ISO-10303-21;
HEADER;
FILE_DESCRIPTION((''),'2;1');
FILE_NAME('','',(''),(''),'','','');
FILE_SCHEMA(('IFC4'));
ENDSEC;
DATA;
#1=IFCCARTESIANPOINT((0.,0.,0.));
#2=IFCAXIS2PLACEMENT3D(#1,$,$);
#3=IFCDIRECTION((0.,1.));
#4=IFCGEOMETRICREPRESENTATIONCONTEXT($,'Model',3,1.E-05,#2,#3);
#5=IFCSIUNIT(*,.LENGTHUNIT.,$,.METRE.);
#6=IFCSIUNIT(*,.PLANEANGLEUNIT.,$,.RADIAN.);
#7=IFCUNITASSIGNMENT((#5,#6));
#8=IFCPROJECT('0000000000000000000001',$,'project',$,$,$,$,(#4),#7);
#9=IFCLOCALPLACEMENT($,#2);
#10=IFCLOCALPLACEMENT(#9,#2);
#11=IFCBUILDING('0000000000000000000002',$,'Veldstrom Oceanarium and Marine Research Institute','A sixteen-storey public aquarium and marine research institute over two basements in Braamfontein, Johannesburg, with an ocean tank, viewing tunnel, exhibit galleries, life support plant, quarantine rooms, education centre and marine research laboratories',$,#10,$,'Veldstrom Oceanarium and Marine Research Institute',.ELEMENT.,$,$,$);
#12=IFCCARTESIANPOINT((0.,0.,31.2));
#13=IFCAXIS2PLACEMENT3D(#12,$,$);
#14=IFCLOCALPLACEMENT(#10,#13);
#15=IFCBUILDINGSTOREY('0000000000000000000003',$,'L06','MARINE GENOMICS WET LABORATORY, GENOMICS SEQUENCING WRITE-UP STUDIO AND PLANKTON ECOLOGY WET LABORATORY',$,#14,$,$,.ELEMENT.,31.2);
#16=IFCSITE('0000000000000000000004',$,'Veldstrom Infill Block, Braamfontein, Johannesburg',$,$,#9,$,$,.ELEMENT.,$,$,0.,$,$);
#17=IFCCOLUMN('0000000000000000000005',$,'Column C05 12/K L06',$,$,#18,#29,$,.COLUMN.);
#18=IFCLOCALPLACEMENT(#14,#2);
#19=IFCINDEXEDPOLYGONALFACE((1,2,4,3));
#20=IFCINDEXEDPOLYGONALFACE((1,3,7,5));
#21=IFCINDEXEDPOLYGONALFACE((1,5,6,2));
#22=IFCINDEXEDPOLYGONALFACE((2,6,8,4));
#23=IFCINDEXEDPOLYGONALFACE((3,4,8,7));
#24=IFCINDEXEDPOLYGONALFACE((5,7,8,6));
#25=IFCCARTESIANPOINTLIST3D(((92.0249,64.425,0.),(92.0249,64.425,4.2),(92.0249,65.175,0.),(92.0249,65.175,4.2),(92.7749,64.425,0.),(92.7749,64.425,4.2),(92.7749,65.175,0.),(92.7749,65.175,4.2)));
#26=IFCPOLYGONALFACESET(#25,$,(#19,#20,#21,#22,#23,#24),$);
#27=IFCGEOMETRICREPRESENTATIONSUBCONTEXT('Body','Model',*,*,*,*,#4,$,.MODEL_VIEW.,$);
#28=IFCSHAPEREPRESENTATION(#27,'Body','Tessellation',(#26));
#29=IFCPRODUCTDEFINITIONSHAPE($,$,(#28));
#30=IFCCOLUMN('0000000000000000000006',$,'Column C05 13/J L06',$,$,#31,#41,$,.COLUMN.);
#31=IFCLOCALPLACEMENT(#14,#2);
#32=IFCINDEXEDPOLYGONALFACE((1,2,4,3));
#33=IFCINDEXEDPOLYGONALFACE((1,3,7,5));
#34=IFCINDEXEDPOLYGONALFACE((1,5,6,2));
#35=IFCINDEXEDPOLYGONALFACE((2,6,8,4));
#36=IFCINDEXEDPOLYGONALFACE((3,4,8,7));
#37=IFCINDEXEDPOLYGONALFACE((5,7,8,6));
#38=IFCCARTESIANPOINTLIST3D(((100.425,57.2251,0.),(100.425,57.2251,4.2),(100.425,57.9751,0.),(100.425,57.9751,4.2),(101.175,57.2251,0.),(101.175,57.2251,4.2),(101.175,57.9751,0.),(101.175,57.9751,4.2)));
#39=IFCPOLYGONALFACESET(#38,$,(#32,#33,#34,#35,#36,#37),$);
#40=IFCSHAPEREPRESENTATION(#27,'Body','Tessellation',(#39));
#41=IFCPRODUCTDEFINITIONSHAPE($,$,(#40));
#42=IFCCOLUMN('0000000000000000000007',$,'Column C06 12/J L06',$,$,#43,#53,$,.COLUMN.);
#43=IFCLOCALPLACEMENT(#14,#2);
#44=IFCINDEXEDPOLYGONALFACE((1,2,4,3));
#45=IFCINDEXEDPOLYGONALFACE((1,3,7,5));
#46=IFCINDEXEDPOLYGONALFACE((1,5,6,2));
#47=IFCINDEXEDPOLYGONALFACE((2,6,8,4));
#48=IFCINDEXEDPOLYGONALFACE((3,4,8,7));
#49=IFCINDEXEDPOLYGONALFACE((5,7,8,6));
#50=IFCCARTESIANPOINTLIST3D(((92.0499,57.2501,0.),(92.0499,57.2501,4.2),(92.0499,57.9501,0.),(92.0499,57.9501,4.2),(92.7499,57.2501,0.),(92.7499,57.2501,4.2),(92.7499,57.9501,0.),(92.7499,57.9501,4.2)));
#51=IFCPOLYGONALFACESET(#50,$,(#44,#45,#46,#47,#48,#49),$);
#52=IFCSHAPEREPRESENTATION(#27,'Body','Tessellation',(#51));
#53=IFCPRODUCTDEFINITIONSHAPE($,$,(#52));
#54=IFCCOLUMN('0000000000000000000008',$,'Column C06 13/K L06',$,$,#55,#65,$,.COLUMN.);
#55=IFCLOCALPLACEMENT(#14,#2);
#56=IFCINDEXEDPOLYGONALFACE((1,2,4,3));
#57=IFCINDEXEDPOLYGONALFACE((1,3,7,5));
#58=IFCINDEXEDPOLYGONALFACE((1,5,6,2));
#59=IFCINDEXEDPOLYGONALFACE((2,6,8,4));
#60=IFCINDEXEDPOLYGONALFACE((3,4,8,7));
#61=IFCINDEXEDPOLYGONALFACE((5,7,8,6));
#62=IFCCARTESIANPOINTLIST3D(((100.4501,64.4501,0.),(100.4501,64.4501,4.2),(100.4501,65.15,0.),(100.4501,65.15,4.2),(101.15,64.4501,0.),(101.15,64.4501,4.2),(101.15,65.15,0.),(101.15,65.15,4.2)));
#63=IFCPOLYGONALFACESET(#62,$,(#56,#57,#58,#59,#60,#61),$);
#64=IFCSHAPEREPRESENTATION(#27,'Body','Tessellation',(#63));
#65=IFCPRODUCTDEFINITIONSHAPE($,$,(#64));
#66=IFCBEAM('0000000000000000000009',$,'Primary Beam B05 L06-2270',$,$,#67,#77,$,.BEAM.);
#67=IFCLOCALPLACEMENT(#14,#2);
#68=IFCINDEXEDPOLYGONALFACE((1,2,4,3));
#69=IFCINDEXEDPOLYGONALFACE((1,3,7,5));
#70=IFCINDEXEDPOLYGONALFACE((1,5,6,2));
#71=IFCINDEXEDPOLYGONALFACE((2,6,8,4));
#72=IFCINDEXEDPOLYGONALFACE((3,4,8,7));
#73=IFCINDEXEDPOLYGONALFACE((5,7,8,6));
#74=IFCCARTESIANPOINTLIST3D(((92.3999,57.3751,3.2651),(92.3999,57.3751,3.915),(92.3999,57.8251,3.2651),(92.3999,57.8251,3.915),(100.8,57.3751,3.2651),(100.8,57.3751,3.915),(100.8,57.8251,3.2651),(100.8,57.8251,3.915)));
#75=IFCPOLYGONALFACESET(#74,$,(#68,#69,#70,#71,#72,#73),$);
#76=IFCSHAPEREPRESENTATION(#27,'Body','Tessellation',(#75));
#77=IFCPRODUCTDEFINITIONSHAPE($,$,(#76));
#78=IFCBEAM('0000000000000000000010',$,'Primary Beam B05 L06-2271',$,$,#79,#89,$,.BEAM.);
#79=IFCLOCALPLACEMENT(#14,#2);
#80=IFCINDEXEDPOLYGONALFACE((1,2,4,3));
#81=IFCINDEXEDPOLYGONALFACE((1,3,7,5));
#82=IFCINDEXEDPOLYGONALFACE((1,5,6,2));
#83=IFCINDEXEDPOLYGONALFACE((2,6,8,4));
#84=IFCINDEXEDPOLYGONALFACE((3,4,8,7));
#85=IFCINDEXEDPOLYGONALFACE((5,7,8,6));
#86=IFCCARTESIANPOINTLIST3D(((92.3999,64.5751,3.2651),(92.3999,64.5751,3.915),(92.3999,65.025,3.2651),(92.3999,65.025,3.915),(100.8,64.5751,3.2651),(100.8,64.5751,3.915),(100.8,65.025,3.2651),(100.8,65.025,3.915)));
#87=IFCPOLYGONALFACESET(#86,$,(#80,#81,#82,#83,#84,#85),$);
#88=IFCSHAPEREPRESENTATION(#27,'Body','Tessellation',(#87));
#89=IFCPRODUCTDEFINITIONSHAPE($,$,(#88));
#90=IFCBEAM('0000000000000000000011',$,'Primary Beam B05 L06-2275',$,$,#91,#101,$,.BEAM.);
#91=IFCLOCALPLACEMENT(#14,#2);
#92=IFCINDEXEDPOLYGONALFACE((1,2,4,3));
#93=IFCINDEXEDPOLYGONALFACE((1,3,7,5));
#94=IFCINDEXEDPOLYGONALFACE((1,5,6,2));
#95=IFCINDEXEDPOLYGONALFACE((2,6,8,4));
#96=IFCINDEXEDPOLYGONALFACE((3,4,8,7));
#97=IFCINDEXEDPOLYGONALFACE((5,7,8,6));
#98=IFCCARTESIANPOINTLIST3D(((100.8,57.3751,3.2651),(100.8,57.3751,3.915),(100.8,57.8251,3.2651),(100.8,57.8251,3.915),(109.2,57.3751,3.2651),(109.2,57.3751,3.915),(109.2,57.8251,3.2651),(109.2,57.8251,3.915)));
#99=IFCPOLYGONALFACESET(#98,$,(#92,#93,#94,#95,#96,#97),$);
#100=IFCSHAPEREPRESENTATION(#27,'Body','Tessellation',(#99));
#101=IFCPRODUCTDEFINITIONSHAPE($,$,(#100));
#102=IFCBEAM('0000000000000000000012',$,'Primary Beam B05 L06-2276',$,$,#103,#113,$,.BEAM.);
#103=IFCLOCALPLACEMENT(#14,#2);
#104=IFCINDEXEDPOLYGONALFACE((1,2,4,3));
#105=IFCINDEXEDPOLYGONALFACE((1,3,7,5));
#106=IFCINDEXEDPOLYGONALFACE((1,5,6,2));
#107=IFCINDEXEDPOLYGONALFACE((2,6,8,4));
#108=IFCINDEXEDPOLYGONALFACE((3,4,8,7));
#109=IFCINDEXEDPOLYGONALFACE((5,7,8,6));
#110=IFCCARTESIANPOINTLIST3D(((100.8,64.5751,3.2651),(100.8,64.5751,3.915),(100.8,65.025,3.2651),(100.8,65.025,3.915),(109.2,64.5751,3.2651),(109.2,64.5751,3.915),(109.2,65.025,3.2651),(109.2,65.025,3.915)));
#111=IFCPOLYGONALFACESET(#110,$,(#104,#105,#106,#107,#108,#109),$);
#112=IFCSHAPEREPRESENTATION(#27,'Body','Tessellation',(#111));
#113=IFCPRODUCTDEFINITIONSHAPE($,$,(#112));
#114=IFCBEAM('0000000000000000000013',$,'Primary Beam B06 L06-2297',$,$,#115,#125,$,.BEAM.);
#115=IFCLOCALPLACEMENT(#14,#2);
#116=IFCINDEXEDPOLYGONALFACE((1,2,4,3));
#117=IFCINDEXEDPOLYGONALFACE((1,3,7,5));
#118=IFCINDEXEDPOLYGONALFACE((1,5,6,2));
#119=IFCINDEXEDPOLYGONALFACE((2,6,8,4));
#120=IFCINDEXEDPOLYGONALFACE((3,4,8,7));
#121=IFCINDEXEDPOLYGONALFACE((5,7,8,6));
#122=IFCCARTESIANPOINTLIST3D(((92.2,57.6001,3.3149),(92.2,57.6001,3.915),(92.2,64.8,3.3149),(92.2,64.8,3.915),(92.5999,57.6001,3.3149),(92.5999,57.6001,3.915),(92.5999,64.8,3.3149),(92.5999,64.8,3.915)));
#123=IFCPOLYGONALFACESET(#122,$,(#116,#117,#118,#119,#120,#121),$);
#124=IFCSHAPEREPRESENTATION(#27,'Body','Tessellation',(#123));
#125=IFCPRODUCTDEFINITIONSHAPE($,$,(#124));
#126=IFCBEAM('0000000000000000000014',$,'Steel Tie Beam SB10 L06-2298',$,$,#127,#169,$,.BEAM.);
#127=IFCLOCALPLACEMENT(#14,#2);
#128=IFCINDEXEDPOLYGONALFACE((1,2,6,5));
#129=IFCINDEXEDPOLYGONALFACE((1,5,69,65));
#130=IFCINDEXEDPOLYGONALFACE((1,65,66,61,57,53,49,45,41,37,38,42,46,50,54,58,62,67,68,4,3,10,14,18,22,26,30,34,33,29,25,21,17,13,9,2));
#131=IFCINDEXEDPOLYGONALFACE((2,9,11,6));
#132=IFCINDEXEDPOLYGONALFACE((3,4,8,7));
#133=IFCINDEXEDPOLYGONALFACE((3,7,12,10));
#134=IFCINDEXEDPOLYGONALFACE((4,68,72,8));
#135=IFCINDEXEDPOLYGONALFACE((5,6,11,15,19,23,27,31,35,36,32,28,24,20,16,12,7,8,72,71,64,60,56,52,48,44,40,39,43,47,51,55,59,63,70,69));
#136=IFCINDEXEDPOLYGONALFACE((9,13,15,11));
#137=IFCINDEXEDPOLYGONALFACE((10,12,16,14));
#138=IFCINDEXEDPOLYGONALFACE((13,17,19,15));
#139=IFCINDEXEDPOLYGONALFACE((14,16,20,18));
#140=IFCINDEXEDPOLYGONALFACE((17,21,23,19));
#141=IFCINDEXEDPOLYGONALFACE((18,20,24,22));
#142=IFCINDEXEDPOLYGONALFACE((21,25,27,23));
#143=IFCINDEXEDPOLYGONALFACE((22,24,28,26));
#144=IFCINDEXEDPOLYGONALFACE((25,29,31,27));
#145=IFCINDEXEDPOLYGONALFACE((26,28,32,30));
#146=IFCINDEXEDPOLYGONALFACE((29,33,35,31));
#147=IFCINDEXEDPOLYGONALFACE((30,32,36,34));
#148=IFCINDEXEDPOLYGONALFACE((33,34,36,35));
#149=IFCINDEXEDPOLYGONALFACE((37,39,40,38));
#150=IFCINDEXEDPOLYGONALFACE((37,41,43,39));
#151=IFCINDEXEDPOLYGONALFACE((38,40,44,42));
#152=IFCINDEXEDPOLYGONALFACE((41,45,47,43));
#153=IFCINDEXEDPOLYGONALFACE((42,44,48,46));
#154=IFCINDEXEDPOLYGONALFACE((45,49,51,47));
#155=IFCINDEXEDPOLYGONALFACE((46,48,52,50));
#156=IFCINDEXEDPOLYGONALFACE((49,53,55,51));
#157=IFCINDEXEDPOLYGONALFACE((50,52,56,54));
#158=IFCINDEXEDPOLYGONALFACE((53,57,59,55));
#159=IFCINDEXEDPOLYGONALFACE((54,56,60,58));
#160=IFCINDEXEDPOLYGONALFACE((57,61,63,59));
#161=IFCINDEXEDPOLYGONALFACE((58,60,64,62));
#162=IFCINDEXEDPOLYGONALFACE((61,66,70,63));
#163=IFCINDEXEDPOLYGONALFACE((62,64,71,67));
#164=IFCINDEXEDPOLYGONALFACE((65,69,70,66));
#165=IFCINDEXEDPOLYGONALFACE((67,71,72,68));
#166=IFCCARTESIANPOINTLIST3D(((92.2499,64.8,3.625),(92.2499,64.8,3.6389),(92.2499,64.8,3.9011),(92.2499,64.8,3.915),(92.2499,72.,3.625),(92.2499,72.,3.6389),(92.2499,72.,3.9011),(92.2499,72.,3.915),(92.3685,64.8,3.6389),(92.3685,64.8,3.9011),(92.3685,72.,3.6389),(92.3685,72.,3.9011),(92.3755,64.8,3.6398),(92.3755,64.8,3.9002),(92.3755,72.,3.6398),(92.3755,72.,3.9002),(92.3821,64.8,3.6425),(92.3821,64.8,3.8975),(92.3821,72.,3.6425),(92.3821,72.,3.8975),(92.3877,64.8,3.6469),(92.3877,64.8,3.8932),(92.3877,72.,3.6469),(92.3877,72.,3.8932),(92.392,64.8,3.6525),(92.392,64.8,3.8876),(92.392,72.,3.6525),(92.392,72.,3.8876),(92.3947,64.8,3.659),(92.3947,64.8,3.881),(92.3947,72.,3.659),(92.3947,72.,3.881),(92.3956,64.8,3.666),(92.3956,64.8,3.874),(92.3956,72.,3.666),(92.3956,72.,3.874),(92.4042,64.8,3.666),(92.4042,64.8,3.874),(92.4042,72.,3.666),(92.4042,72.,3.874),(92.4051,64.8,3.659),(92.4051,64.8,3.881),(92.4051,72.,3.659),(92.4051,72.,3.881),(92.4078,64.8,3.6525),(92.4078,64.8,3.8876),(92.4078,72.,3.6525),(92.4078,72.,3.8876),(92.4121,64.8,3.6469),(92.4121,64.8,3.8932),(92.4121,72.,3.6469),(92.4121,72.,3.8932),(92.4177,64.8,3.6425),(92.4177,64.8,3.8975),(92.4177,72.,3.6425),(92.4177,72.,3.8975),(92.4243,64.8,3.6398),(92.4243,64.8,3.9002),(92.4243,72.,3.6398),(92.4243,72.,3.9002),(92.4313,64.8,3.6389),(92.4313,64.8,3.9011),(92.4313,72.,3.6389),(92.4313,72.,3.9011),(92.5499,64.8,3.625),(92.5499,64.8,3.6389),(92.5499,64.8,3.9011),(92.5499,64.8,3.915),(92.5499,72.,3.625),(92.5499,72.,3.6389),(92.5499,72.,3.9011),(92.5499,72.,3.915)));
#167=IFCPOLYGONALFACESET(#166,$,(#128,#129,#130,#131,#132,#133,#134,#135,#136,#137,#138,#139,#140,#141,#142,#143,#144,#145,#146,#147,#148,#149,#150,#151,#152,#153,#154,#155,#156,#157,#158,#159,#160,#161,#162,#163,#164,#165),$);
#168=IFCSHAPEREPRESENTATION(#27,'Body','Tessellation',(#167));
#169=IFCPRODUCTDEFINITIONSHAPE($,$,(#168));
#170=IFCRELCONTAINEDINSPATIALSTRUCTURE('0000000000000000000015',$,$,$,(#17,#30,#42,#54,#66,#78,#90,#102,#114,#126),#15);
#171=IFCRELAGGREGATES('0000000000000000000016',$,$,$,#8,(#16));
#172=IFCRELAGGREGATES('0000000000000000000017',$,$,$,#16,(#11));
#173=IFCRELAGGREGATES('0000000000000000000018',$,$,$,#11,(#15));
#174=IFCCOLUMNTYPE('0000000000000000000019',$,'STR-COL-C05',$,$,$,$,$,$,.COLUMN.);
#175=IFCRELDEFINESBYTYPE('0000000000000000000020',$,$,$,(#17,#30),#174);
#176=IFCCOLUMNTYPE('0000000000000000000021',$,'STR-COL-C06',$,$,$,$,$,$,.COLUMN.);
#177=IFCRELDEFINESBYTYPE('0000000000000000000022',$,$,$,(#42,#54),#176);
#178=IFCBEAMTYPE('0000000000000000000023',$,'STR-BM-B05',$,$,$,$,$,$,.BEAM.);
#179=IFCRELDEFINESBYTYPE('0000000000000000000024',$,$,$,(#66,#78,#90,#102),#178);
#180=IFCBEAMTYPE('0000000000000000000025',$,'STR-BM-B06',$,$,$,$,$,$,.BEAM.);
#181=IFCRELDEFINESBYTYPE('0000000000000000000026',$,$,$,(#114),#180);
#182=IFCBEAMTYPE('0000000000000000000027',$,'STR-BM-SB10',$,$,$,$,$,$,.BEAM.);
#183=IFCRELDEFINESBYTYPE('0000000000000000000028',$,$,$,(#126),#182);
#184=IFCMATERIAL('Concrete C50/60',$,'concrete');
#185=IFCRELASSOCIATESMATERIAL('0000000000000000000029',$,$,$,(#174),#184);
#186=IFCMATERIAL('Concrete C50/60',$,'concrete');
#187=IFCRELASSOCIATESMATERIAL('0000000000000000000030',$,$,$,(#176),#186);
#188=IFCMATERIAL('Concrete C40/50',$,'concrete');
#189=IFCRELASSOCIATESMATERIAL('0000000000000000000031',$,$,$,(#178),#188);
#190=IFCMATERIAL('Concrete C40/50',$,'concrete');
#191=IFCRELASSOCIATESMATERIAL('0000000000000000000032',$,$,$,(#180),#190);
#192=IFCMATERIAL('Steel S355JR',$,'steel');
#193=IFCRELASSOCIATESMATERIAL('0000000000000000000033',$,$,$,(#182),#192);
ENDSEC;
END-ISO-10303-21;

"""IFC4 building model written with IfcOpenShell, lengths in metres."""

from ifc_helpers import new_model, si_unit, direction, frame, origin, origin_2d, place, context, subcontext, project, spatial, rectangle, i_section, extrude, material, material_profile, profile_set, type_object, element, save


model = new_model("IFC4")

# Units and contexts
model_context = context("Model", 3, precision=1e-05, world=origin(), true_north=direction((0.0, 1.0)))
body_context = subcontext(model_context, "Body", "Model", "MODEL_VIEW")
ifc_project = project(units=[si_unit("LENGTHUNIT", "METRE"), si_unit("PLANEANGLEUNIT", "RADIAN")], contexts=[model_context])

# Site, building, storey
site_placement = place(None, origin())
site = spatial("IfcSite", under=ifc_project, at=site_placement, Name="Veldstrom Infill Block, Braamfontein, Johannesburg", CompositionType="ELEMENT", RefElevation=0.0)
building_placement = place(site_placement, origin())
building = spatial("IfcBuilding", under=site, at=building_placement, Name="Veldstrom Oceanarium and Marine Research Institute", Description="A sixteen-storey public aquarium and marine research institute over two basements in Braamfontein, Johannesburg, with an ocean tank, viewing tunnel, exhibit galleries, life support plant, quarantine rooms, education centre and marine research laboratories", LongName="Veldstrom Oceanarium and Marine Research Institute", CompositionType="ELEMENT")
storey_placement = place(building_placement, frame((0.0, 0.0, 31.2)))
storey = spatial("IfcBuildingStorey", under=building, at=storey_placement, Name="L06", Description="MARINE GENOMICS WET LABORATORY, GENOMICS SEQUENCING WRITE-UP STUDIO AND PLANKTON ECOLOGY WET LABORATORY", CompositionType="ELEMENT", Elevation=31.2)

# Columns
ifc_material_1 = material(Name="Concrete C50/60", Category="concrete")
ifc_material_profile_1 = material_profile(ifc_material_1, rectangle(XDim=0.75, YDim=0.75, at=origin_2d()), Name="RC-COL-750x750")
ifc_profile_set_1 = profile_set([ifc_material_profile_1], Name="Concrete C50/60")
column_type_1 = type_object("IfcColumnType", Name="STR-COL-C05", PredefinedType="COLUMN", material=ifc_profile_set_1)
for number, where, z_axis, x_axis, name in (
    (1, (92.3999, 64.8, 0.0), (0.0, 0.0, 1.0), (1.0, 0.0, 0.0), "Column C05 12/K L06"),
    (2, (100.8, 57.6001, 0.0), (0.0, 0.0, 1.0), (1.0, 0.0, 0.0), "Column C05 13/J L06"),
):
    element("IfcColumn", number, at=place(storey_placement, frame(where, z_axis=z_axis, x_axis=x_axis)), inside=storey, type_object=column_type_1, Name=name, PredefinedType="COLUMN", context=body_context, shape_type="SweptSolid", body=[
        extrude(rectangle(XDim=0.75, YDim=0.75, at=origin_2d()), origin(), (0.0, 0.0, 1.0), 4.2),
    ])
ifc_material_2 = material(Name="Concrete C50/60", Category="concrete")
ifc_material_profile_2 = material_profile(ifc_material_2, rectangle(XDim=0.7, YDim=0.7, at=origin_2d()), Name="RC-COL-700x700")
ifc_profile_set_2 = profile_set([ifc_material_profile_2], Name="Concrete C50/60")
column_type_2 = type_object("IfcColumnType", Name="STR-COL-C06", PredefinedType="COLUMN", material=ifc_profile_set_2)
for number, where, z_axis, x_axis, name in (
    (3, (92.3999, 57.6001, 0.0), (0.0, 0.0, 1.0), (1.0, 0.0, 0.0), "Column C06 12/J L06"),
    (4, (100.8, 64.8, 0.0), (0.0, 0.0, 1.0), (1.0, 0.0, 0.0), "Column C06 13/K L06"),
):
    element("IfcColumn", number, at=place(storey_placement, frame(where, z_axis=z_axis, x_axis=x_axis)), inside=storey, type_object=column_type_2, Name=name, PredefinedType="COLUMN", context=body_context, shape_type="SweptSolid", body=[
        extrude(rectangle(XDim=0.7, YDim=0.7, at=origin_2d()), origin(), (0.0, 0.0, 1.0), 4.2),
    ])

# Beams
ifc_material_3 = material(Name="Concrete C40/50", Category="concrete")
ifc_material_profile_3 = material_profile(ifc_material_3, rectangle(XDim=0.45, YDim=0.6499, at=origin_2d()), Name="RC-BM-450x650")
ifc_profile_set_3 = profile_set([ifc_material_profile_3], Name="Concrete C40/50")
beam_type_1 = type_object("IfcBeamType", Name="STR-BM-B05", PredefinedType="BEAM", material=ifc_profile_set_3)
for number, where, z_axis, x_axis, name in (
    (5, (92.3999, 57.6001, 3.5901), (1.0, 0.0, 0.0), (0.0, 1.0, 0.0), "Primary Beam B05 L06-2270"),
    (6, (92.3999, 64.8, 3.5901), (1.0, 0.0, 0.0), (0.0, 1.0, 0.0), "Primary Beam B05 L06-2271"),
):
    element("IfcBeam", number, at=place(storey_placement, frame(where, z_axis=z_axis, x_axis=x_axis)), inside=storey, type_object=beam_type_1, Name=name, PredefinedType="BEAM", context=body_context, shape_type="SweptSolid", body=[
        extrude(rectangle(XDim=0.45, YDim=0.6499, at=origin_2d()), origin(), (0.0, 0.0, 1.0), 8.4001),
    ])
for number, where, z_axis, x_axis, name in (
    (7, (100.8, 57.6001, 3.5901), (1.0, 0.0, 0.0), (0.0, 1.0, 0.0), "Primary Beam B05 L06-2275"),
    (8, (100.8, 64.8, 3.5901), (1.0, 0.0, 0.0), (0.0, 1.0, 0.0), "Primary Beam B05 L06-2276"),
):
    element("IfcBeam", number, at=place(storey_placement, frame(where, z_axis=z_axis, x_axis=x_axis)), inside=storey, type_object=beam_type_1, Name=name, PredefinedType="BEAM", context=body_context, shape_type="SweptSolid", body=[
        extrude(rectangle(XDim=0.45, YDim=0.6499, at=origin_2d()), origin(), (0.0, 0.0, 1.0), 8.3999),
    ])
ifc_material_4 = material(Name="Concrete C40/50", Category="concrete")
ifc_material_profile_4 = material_profile(ifc_material_4, rectangle(XDim=0.3999, YDim=0.6001, at=origin_2d()), Name="RC-BM-400x600")
ifc_profile_set_4 = profile_set([ifc_material_profile_4], Name="Concrete C40/50")
beam_type_2 = type_object("IfcBeamType", Name="STR-BM-B06", PredefinedType="BEAM", material=ifc_profile_set_4)
beam_1_placement = place(storey_placement, frame((92.3999, 57.6001, 3.615), z_axis=(0.0, 1.0, 0.0), x_axis=(-1.0, 0.0, 0.0)))
element("IfcBeam", 9, at=beam_1_placement, inside=storey, type_object=beam_type_2, Name="Primary Beam B06 L06-2297", PredefinedType="BEAM", context=body_context, shape_type="SweptSolid", body=[
    extrude(rectangle(XDim=0.3999, YDim=0.6001, at=origin_2d()), origin(), (0.0, 0.0, 1.0), 7.2),
])
ifc_material_5 = material(Name="Steel S355JR", Category="steel")
ifc_material_profile_5 = material_profile(ifc_material_5, i_section(OverallWidth=0.3, OverallDepth=0.29, WebThickness=0.0085, FlangeThickness=0.0139, FilletRadius=0.0271, at=origin_2d()), Name="HEA 300")
ifc_profile_set_5 = profile_set([ifc_material_profile_5], Name="Steel S355JR")
beam_type_3 = type_object("IfcBeamType", Name="STR-BM-SB10", PredefinedType="BEAM", material=ifc_profile_set_5)
for number, where, z_axis, x_axis, name in (
    (10, (92.3999, 64.8, 3.77), (0.0, 1.0, 0.0), (-1.0, 0.0, 0.0), "Steel Tie Beam SB10 L06-2298"),
):
    element("IfcBeam", number, at=place(storey_placement, frame(where, z_axis=z_axis, x_axis=x_axis)), inside=storey, type_object=beam_type_3, Name=name, PredefinedType="BEAM", context=body_context, shape_type="SweptSolid", body=[
        extrude(i_section(OverallWidth=0.3, OverallDepth=0.29, WebThickness=0.0085, FlangeThickness=0.0139, FilletRadius=0.0271, at=origin_2d()), origin(), (0.0, 0.0, 1.0), 7.2),
    ])

save(model, "model.ifc")
